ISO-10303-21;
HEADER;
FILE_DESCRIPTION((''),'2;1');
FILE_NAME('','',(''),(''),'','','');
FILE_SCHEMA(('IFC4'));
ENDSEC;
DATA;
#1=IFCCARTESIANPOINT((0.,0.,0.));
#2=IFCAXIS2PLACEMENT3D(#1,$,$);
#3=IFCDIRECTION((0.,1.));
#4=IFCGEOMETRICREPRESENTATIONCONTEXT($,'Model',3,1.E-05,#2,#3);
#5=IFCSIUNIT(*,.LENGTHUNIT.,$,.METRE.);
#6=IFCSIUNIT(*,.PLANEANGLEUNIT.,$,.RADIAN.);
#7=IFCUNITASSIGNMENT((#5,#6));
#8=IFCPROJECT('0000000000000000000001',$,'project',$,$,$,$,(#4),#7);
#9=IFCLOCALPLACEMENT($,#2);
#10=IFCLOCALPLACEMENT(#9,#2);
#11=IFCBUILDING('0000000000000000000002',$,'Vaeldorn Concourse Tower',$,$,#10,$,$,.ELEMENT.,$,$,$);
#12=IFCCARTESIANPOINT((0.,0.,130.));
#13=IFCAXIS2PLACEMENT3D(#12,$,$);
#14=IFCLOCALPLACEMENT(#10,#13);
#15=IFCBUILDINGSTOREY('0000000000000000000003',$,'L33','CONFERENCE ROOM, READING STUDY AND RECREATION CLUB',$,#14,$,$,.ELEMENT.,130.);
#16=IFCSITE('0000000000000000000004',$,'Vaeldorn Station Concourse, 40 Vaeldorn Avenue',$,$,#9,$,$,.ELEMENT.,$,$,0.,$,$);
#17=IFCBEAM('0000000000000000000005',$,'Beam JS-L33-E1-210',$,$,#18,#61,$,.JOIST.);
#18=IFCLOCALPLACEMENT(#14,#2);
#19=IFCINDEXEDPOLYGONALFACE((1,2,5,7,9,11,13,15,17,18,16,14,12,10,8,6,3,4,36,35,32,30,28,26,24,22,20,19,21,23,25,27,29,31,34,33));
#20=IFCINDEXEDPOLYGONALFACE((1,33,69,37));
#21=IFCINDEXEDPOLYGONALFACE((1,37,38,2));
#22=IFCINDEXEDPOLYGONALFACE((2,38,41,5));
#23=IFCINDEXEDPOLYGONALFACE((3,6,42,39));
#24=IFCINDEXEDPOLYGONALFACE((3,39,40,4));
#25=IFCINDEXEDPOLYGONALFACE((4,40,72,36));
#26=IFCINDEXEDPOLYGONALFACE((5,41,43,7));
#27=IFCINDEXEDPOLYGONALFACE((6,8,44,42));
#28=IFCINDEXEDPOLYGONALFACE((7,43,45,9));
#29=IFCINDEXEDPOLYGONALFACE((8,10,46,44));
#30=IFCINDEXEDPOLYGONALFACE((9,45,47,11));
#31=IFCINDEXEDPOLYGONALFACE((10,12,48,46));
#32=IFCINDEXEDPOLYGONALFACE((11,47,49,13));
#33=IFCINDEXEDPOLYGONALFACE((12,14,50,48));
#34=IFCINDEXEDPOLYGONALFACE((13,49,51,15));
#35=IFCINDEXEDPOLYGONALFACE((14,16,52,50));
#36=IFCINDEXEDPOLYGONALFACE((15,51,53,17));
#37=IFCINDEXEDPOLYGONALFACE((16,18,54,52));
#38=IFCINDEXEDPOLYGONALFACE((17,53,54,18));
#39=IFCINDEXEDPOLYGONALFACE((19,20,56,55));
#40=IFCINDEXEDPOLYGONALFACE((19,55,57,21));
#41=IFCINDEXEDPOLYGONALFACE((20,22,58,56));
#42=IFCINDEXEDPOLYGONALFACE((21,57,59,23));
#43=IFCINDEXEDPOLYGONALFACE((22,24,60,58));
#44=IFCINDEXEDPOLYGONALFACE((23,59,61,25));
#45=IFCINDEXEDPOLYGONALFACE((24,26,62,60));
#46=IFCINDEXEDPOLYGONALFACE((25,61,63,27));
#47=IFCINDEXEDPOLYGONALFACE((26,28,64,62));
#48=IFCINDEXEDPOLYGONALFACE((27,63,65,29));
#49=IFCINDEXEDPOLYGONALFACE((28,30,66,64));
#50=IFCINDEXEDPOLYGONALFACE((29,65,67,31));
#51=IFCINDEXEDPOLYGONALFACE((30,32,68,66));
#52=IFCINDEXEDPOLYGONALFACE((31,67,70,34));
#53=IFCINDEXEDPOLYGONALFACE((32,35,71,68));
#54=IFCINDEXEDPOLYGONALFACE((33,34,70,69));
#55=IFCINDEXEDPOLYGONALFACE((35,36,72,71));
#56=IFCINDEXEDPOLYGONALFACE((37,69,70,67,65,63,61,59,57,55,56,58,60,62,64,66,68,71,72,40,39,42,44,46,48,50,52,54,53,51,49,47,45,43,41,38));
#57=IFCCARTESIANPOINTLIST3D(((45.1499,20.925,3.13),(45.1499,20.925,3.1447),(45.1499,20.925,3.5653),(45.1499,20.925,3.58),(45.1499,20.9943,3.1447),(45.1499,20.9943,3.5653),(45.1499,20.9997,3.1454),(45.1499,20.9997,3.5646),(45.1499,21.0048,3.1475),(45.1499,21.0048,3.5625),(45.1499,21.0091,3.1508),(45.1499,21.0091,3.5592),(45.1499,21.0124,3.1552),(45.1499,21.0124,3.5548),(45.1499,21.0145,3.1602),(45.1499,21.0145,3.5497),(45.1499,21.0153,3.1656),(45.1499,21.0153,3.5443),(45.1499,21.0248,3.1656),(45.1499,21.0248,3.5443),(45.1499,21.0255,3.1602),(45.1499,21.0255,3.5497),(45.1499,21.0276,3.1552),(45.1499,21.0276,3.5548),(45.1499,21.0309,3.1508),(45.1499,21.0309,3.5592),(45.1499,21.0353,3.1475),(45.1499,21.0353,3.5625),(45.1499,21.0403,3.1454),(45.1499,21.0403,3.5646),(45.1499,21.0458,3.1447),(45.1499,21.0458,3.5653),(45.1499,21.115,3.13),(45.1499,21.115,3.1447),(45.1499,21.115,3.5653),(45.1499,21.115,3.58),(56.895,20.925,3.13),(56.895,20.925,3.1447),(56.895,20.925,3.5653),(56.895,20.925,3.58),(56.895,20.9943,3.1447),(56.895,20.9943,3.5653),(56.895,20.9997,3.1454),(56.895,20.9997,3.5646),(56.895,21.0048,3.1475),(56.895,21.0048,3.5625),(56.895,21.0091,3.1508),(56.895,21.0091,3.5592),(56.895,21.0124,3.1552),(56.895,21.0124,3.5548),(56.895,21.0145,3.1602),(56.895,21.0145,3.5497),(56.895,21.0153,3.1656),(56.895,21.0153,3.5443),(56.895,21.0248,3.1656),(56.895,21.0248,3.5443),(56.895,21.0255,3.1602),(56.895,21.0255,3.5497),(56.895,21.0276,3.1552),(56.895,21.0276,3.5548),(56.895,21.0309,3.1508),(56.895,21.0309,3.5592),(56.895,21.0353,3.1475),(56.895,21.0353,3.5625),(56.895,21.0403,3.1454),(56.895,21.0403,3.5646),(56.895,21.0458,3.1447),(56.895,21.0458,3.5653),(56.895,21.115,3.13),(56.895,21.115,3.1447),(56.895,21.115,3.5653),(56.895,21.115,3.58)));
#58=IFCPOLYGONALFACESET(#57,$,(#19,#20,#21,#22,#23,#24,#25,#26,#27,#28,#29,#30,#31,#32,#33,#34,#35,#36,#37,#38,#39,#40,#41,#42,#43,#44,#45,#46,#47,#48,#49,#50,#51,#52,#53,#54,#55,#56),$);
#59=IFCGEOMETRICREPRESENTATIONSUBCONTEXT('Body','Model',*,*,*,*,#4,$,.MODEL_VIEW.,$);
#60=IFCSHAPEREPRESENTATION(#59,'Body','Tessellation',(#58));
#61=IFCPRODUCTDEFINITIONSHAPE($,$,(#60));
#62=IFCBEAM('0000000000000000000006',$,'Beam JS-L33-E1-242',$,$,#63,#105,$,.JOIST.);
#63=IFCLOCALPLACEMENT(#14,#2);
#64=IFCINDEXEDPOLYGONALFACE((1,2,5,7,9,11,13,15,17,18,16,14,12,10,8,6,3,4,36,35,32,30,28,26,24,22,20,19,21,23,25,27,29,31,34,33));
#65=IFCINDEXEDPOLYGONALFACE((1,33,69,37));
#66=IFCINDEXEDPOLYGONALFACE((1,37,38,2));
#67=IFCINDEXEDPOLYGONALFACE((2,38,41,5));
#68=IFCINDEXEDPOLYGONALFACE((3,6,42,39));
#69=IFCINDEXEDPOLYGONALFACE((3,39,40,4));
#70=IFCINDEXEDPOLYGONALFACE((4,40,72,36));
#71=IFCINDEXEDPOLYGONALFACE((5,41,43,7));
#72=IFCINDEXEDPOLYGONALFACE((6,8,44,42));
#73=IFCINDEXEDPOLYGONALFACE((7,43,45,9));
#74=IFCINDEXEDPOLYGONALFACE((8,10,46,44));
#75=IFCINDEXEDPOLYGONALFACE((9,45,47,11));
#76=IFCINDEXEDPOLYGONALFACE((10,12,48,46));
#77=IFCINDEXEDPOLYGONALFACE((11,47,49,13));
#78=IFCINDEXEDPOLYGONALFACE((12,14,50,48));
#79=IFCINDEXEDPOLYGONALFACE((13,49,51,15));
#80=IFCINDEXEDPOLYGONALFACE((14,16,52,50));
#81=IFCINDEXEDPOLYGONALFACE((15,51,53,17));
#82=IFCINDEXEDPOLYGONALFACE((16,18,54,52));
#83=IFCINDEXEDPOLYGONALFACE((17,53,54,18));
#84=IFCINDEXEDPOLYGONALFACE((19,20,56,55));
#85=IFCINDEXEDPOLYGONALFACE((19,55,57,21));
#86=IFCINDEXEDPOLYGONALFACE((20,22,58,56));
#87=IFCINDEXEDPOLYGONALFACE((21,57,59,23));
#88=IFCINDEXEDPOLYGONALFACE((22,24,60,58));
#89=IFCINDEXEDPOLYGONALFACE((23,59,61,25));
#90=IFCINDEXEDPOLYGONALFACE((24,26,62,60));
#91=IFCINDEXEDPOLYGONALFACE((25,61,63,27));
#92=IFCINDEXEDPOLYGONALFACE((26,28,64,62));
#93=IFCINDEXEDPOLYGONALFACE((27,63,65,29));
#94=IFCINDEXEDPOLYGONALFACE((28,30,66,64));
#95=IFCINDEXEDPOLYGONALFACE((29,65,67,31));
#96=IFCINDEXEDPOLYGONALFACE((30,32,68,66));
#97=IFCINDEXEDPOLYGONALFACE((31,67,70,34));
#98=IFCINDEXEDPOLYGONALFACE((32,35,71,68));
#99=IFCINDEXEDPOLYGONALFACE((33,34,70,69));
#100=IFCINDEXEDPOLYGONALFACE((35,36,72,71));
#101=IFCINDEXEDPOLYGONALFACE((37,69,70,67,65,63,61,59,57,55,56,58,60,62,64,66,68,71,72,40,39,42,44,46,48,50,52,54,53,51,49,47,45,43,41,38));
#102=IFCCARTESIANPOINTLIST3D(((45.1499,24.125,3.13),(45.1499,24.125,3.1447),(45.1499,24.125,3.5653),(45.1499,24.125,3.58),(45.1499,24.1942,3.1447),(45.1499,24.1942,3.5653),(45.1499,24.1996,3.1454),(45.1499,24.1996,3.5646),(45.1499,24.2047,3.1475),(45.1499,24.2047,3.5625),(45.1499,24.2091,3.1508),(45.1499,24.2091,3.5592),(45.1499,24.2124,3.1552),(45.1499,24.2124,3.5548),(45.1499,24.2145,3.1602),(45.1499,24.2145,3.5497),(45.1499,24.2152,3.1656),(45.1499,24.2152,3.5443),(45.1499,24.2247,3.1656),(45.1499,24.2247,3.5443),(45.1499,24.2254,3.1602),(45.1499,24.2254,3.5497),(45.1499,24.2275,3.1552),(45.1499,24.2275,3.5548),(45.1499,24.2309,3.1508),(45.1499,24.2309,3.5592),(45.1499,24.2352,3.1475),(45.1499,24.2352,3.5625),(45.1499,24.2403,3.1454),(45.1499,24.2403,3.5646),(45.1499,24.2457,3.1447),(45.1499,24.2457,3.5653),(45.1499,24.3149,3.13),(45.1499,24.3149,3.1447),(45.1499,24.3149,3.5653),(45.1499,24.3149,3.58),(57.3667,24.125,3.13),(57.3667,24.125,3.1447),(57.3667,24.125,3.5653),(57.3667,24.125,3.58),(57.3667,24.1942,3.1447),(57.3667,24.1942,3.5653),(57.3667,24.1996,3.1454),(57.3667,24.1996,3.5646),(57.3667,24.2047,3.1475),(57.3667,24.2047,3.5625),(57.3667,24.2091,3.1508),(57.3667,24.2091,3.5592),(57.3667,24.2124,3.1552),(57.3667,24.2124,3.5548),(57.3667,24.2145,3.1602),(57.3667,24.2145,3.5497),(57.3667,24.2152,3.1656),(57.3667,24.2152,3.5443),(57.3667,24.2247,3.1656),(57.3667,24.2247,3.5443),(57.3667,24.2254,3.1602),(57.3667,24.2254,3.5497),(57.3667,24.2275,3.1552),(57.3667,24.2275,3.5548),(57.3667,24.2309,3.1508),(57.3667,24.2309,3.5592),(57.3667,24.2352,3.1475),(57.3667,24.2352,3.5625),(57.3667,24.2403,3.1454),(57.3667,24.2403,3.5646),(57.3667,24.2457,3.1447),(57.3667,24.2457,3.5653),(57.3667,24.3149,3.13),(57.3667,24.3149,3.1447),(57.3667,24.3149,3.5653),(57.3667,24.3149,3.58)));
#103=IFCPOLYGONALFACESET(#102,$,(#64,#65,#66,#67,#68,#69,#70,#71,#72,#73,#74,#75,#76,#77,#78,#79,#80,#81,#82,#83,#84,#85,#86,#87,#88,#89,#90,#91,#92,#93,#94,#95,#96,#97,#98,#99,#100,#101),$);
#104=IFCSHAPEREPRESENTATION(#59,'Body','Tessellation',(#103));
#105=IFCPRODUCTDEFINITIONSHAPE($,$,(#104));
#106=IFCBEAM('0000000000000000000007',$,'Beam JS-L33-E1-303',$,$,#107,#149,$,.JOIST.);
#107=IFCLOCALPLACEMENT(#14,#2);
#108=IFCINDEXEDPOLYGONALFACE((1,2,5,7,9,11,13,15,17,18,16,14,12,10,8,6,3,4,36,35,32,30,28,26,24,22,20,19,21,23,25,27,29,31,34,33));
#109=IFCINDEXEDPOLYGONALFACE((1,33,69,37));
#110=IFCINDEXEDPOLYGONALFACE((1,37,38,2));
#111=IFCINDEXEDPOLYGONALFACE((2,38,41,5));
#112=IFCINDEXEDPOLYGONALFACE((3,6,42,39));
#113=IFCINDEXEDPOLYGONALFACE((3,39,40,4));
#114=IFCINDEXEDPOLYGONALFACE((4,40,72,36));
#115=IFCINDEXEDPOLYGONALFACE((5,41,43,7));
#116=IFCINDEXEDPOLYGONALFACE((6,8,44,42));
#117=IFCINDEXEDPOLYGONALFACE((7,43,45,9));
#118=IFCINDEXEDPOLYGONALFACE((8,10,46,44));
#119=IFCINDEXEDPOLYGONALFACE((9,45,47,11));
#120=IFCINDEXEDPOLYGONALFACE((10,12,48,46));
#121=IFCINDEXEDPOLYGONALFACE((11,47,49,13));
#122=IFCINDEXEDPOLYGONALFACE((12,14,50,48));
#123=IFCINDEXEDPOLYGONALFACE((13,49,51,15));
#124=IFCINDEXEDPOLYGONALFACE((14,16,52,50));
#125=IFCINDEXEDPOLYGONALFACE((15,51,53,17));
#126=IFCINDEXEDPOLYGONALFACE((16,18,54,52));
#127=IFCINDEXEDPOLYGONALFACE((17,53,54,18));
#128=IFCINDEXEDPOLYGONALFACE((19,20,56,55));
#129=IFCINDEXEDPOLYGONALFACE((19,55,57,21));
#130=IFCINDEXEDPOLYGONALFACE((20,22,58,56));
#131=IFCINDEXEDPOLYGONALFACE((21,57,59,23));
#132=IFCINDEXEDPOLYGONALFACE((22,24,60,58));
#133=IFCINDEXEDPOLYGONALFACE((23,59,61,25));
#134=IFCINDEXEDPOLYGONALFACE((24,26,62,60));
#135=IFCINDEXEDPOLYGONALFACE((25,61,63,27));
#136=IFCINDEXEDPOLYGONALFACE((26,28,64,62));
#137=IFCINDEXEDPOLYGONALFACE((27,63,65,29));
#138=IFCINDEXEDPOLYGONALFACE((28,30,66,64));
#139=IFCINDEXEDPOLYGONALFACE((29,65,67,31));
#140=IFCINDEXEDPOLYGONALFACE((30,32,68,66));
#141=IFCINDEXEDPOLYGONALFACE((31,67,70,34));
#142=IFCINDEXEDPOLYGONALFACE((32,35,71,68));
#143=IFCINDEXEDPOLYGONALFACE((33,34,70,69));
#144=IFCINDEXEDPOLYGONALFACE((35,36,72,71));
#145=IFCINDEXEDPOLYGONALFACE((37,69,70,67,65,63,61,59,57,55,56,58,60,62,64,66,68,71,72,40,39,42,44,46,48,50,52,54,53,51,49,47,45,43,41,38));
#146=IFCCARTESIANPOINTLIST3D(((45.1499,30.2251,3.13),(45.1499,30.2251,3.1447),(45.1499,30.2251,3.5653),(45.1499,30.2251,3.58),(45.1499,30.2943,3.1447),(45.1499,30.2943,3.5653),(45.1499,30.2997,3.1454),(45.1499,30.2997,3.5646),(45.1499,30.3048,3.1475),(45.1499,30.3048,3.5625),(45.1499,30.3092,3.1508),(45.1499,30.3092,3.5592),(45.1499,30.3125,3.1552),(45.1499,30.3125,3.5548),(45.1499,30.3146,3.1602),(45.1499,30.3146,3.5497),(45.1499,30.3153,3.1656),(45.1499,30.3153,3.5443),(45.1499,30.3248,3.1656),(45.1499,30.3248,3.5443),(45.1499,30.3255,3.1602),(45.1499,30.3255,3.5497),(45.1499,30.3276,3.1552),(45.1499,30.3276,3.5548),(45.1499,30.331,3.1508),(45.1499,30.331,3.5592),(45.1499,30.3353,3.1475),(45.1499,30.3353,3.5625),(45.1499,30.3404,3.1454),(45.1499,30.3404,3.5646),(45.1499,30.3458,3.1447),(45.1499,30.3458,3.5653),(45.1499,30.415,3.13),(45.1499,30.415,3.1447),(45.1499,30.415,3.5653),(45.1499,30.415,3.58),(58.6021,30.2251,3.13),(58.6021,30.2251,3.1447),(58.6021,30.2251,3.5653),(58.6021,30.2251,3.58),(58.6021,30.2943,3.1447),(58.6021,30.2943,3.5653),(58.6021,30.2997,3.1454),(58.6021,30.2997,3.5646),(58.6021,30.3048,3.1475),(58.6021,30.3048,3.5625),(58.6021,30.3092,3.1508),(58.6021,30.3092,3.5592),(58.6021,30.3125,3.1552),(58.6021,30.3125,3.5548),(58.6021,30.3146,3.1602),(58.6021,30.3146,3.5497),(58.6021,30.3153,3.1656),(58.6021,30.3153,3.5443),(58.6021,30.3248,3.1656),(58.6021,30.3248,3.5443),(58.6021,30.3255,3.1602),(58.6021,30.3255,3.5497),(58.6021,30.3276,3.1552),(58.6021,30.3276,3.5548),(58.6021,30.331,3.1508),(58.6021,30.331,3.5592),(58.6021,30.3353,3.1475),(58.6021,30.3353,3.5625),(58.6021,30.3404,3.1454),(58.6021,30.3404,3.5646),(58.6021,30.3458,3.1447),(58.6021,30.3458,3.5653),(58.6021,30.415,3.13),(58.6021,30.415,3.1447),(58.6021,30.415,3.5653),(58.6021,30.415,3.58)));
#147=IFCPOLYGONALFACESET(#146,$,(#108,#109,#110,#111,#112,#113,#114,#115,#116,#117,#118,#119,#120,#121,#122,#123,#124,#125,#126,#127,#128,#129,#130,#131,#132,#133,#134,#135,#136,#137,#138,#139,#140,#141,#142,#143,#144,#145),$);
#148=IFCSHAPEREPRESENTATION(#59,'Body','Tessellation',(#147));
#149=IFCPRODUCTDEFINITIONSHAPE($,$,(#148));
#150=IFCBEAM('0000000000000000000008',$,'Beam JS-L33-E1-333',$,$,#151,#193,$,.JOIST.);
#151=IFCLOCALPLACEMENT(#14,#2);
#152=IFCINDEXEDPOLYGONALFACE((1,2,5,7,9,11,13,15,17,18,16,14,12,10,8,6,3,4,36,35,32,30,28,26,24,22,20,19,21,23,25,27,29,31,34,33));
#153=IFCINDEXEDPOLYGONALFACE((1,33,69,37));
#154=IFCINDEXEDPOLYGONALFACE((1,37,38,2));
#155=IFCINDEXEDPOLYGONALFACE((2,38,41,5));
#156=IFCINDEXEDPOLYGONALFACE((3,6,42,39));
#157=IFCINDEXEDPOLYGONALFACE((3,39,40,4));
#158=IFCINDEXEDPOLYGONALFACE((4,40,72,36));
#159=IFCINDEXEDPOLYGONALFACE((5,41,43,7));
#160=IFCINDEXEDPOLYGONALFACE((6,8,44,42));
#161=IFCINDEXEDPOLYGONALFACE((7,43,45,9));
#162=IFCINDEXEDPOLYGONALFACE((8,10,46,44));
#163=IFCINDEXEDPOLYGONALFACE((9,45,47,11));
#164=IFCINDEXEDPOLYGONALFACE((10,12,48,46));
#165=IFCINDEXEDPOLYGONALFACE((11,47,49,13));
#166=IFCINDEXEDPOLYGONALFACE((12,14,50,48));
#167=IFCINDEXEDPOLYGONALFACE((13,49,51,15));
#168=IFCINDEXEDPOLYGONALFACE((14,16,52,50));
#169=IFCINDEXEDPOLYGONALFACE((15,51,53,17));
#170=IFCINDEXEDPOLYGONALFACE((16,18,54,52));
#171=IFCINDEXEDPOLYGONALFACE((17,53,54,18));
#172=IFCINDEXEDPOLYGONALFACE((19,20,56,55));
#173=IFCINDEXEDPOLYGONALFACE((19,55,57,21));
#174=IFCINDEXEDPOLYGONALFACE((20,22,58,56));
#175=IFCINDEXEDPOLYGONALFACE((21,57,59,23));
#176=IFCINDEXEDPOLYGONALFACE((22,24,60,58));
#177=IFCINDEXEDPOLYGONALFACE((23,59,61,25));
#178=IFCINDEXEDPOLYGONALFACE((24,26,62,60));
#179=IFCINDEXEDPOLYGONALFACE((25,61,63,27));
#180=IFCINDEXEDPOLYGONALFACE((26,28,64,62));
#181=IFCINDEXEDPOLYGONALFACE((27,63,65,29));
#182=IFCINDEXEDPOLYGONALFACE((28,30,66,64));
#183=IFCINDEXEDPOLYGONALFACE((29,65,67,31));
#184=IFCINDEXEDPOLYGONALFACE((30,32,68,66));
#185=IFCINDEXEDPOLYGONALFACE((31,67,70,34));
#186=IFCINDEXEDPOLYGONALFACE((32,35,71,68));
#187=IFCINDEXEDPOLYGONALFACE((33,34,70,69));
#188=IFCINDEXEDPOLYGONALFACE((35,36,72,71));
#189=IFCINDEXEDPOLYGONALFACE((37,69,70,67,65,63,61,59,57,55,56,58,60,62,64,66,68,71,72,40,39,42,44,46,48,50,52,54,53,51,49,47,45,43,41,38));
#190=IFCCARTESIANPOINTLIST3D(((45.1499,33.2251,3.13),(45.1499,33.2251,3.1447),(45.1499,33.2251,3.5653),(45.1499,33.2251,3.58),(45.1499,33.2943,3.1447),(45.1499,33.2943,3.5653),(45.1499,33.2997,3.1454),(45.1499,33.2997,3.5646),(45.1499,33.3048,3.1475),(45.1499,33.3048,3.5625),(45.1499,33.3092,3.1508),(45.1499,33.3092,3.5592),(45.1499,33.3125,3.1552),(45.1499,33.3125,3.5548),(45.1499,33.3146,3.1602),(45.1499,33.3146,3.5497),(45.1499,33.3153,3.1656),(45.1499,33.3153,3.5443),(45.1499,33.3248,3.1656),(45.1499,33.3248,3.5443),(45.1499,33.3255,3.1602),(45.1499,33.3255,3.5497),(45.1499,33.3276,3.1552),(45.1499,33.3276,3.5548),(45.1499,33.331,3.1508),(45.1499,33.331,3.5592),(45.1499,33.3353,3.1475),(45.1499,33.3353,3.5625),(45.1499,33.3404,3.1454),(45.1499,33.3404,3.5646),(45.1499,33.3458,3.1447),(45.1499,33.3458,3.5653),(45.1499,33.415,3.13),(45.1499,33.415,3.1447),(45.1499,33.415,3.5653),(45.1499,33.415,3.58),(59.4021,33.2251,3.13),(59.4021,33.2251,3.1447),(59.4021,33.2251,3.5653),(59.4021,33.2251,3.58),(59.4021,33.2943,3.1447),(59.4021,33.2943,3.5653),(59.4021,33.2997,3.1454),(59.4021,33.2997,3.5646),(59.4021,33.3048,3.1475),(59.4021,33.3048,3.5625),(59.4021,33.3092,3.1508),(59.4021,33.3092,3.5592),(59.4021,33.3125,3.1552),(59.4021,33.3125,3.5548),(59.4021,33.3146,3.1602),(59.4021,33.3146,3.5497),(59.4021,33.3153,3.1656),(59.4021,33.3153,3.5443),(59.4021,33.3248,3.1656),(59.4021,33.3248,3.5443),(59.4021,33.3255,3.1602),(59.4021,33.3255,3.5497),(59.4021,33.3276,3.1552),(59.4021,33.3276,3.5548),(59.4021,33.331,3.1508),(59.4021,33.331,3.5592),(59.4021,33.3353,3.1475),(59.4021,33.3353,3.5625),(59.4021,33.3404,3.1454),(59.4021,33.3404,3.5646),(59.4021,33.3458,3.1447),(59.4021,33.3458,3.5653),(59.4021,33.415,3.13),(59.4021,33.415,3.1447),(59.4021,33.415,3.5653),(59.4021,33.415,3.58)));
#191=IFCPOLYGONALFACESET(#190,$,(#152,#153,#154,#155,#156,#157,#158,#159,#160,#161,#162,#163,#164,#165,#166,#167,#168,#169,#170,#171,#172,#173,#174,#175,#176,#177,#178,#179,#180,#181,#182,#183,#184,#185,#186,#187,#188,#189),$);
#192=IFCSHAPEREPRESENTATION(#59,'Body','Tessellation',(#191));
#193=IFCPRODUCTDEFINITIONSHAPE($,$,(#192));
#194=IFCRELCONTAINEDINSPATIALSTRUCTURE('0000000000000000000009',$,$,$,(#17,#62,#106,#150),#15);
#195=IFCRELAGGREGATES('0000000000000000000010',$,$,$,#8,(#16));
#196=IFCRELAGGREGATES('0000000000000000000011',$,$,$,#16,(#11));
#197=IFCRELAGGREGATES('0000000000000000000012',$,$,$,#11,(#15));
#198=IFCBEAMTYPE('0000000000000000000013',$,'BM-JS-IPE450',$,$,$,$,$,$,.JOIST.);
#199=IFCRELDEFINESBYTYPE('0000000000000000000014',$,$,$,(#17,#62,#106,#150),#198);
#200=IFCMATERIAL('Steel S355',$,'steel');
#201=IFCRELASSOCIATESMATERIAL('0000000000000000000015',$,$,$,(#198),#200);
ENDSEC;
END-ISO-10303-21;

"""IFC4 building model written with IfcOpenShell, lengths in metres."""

from ifc_helpers import new_model, si_unit, direction, frame, origin, origin_2d, place, context, subcontext, project, spatial, i_section, extrude, source, transform, mapped, material, material_profile, profile_set, type_object, element, save


model = new_model("IFC4")

# Units and contexts
model_context = context("Model", 3, precision=1e-05, world=origin(), true_north=direction((0.0, 1.0)))
body_context = subcontext(model_context, "Body", "Model", "MODEL_VIEW")
ifc_project = project(units=[si_unit("LENGTHUNIT", "METRE"), si_unit("PLANEANGLEUNIT", "RADIAN")], contexts=[model_context])

# Site, building, storey
site_placement = place(None, origin())
site = spatial("IfcSite", under=ifc_project, at=site_placement, Name="Vaeldorn Station Concourse, 40 Vaeldorn Avenue", CompositionType="ELEMENT", RefElevation=0.0)
building_placement = place(site_placement, origin())
building = spatial("IfcBuilding", under=site, at=building_placement, Name="Vaeldorn Concourse Tower", CompositionType="ELEMENT")
storey_placement = place(building_placement, frame((0.0, 0.0, 130.0)))
storey = spatial("IfcBuildingStorey", under=building, at=storey_placement, Name="L33", Description="CONFERENCE ROOM, READING STUDY AND RECREATION CLUB", CompositionType="ELEMENT", Elevation=130.0)

# Beams
ifc_material_1 = material(Name="Steel S355", Category="steel")
ifc_material_profile_1 = material_profile(ifc_material_1, i_section(OverallWidth=0.1899, OverallDepth=0.45, WebThickness=0.0095, FlangeThickness=0.0146, FilletRadius=0.021, at=origin_2d()), Name="IPE 450")
ifc_profile_set_1 = profile_set([ifc_material_profile_1], Name="Steel S355")
beam_type_1 = type_object("IfcBeamType", Name="BM-JS-IPE450", PredefinedType="JOIST", material=ifc_profile_set_1)
shared_shape_1 = source(origin(), body_context, "Body", "SweptSolid", [
    extrude(i_section(OverallWidth=0.1899, OverallDepth=0.45, WebThickness=0.0095, FlangeThickness=0.0146, FilletRadius=0.021, at=origin_2d()), origin(), (0.0, 0.0, 1.0), 11.7451),
])
beam_1_placement = place(storey_placement, frame((45.1499, 21.02, 3.355), z_axis=(1.0, 0.0, 0.0), x_axis=(0.0, 1.0, 0.0)))
element("IfcBeam", 1, at=beam_1_placement, inside=storey, type_object=beam_type_1, Name="Beam JS-L33-E1-210", PredefinedType="JOIST", context=body_context, shape_type="MappedRepresentation", body=[
    mapped(shared_shape_1, transform((0.0, 0.0, 0.0), scale=1.0)),
])
shared_shape_2 = source(origin(), body_context, "Body", "SweptSolid", [
    extrude(i_section(OverallWidth=0.1899, OverallDepth=0.45, WebThickness=0.0095, FlangeThickness=0.0146, FilletRadius=0.021, at=origin_2d()), origin(), (0.0, 0.0, 1.0), 12.2168),
])
beam_2_placement = place(storey_placement, frame((45.1499, 24.22, 3.355), z_axis=(1.0, 0.0, 0.0), x_axis=(0.0, 1.0, 0.0)))
element("IfcBeam", 2, at=beam_2_placement, inside=storey, type_object=beam_type_1, Name="Beam JS-L33-E1-242", PredefinedType="JOIST", context=body_context, shape_type="MappedRepresentation", body=[
    mapped(shared_shape_2, transform((0.0, 0.0, 0.0), scale=1.0)),
])
shared_shape_3 = source(origin(), body_context, "Body", "SweptSolid", [
    extrude(i_section(OverallWidth=0.1899, OverallDepth=0.45, WebThickness=0.0095, FlangeThickness=0.0146, FilletRadius=0.021, at=origin_2d()), origin(), (0.0, 0.0, 1.0), 13.4521),
])
beam_3_placement = place(storey_placement, frame((45.1499, 30.3201, 3.355), z_axis=(1.0, 0.0, 0.0), x_axis=(0.0, 1.0, 0.0)))
element("IfcBeam", 3, at=beam_3_placement, inside=storey, type_object=beam_type_1, Name="Beam JS-L33-E1-303", PredefinedType="JOIST", context=body_context, shape_type="MappedRepresentation", body=[
    mapped(shared_shape_3, transform((0.0, 0.0, 0.0), scale=1.0)),
])
shared_shape_4 = source(origin(), body_context, "Body", "SweptSolid", [
    extrude(i_section(OverallWidth=0.1899, OverallDepth=0.45, WebThickness=0.0095, FlangeThickness=0.0146, FilletRadius=0.021, at=origin_2d()), origin(), (0.0, 0.0, 1.0), 14.2522),
])
beam_4_placement = place(storey_placement, frame((45.1499, 33.3201, 3.355), z_axis=(1.0, 0.0, 0.0), x_axis=(0.0, 1.0, 0.0)))
element("IfcBeam", 4, at=beam_4_placement, inside=storey, type_object=beam_type_1, Name="Beam JS-L33-E1-333", PredefinedType="JOIST", context=body_context, shape_type="MappedRepresentation", body=[
    mapped(shared_shape_4, transform((0.0, 0.0, 0.0), scale=1.0)),
])

save(model, "model.ifc")
